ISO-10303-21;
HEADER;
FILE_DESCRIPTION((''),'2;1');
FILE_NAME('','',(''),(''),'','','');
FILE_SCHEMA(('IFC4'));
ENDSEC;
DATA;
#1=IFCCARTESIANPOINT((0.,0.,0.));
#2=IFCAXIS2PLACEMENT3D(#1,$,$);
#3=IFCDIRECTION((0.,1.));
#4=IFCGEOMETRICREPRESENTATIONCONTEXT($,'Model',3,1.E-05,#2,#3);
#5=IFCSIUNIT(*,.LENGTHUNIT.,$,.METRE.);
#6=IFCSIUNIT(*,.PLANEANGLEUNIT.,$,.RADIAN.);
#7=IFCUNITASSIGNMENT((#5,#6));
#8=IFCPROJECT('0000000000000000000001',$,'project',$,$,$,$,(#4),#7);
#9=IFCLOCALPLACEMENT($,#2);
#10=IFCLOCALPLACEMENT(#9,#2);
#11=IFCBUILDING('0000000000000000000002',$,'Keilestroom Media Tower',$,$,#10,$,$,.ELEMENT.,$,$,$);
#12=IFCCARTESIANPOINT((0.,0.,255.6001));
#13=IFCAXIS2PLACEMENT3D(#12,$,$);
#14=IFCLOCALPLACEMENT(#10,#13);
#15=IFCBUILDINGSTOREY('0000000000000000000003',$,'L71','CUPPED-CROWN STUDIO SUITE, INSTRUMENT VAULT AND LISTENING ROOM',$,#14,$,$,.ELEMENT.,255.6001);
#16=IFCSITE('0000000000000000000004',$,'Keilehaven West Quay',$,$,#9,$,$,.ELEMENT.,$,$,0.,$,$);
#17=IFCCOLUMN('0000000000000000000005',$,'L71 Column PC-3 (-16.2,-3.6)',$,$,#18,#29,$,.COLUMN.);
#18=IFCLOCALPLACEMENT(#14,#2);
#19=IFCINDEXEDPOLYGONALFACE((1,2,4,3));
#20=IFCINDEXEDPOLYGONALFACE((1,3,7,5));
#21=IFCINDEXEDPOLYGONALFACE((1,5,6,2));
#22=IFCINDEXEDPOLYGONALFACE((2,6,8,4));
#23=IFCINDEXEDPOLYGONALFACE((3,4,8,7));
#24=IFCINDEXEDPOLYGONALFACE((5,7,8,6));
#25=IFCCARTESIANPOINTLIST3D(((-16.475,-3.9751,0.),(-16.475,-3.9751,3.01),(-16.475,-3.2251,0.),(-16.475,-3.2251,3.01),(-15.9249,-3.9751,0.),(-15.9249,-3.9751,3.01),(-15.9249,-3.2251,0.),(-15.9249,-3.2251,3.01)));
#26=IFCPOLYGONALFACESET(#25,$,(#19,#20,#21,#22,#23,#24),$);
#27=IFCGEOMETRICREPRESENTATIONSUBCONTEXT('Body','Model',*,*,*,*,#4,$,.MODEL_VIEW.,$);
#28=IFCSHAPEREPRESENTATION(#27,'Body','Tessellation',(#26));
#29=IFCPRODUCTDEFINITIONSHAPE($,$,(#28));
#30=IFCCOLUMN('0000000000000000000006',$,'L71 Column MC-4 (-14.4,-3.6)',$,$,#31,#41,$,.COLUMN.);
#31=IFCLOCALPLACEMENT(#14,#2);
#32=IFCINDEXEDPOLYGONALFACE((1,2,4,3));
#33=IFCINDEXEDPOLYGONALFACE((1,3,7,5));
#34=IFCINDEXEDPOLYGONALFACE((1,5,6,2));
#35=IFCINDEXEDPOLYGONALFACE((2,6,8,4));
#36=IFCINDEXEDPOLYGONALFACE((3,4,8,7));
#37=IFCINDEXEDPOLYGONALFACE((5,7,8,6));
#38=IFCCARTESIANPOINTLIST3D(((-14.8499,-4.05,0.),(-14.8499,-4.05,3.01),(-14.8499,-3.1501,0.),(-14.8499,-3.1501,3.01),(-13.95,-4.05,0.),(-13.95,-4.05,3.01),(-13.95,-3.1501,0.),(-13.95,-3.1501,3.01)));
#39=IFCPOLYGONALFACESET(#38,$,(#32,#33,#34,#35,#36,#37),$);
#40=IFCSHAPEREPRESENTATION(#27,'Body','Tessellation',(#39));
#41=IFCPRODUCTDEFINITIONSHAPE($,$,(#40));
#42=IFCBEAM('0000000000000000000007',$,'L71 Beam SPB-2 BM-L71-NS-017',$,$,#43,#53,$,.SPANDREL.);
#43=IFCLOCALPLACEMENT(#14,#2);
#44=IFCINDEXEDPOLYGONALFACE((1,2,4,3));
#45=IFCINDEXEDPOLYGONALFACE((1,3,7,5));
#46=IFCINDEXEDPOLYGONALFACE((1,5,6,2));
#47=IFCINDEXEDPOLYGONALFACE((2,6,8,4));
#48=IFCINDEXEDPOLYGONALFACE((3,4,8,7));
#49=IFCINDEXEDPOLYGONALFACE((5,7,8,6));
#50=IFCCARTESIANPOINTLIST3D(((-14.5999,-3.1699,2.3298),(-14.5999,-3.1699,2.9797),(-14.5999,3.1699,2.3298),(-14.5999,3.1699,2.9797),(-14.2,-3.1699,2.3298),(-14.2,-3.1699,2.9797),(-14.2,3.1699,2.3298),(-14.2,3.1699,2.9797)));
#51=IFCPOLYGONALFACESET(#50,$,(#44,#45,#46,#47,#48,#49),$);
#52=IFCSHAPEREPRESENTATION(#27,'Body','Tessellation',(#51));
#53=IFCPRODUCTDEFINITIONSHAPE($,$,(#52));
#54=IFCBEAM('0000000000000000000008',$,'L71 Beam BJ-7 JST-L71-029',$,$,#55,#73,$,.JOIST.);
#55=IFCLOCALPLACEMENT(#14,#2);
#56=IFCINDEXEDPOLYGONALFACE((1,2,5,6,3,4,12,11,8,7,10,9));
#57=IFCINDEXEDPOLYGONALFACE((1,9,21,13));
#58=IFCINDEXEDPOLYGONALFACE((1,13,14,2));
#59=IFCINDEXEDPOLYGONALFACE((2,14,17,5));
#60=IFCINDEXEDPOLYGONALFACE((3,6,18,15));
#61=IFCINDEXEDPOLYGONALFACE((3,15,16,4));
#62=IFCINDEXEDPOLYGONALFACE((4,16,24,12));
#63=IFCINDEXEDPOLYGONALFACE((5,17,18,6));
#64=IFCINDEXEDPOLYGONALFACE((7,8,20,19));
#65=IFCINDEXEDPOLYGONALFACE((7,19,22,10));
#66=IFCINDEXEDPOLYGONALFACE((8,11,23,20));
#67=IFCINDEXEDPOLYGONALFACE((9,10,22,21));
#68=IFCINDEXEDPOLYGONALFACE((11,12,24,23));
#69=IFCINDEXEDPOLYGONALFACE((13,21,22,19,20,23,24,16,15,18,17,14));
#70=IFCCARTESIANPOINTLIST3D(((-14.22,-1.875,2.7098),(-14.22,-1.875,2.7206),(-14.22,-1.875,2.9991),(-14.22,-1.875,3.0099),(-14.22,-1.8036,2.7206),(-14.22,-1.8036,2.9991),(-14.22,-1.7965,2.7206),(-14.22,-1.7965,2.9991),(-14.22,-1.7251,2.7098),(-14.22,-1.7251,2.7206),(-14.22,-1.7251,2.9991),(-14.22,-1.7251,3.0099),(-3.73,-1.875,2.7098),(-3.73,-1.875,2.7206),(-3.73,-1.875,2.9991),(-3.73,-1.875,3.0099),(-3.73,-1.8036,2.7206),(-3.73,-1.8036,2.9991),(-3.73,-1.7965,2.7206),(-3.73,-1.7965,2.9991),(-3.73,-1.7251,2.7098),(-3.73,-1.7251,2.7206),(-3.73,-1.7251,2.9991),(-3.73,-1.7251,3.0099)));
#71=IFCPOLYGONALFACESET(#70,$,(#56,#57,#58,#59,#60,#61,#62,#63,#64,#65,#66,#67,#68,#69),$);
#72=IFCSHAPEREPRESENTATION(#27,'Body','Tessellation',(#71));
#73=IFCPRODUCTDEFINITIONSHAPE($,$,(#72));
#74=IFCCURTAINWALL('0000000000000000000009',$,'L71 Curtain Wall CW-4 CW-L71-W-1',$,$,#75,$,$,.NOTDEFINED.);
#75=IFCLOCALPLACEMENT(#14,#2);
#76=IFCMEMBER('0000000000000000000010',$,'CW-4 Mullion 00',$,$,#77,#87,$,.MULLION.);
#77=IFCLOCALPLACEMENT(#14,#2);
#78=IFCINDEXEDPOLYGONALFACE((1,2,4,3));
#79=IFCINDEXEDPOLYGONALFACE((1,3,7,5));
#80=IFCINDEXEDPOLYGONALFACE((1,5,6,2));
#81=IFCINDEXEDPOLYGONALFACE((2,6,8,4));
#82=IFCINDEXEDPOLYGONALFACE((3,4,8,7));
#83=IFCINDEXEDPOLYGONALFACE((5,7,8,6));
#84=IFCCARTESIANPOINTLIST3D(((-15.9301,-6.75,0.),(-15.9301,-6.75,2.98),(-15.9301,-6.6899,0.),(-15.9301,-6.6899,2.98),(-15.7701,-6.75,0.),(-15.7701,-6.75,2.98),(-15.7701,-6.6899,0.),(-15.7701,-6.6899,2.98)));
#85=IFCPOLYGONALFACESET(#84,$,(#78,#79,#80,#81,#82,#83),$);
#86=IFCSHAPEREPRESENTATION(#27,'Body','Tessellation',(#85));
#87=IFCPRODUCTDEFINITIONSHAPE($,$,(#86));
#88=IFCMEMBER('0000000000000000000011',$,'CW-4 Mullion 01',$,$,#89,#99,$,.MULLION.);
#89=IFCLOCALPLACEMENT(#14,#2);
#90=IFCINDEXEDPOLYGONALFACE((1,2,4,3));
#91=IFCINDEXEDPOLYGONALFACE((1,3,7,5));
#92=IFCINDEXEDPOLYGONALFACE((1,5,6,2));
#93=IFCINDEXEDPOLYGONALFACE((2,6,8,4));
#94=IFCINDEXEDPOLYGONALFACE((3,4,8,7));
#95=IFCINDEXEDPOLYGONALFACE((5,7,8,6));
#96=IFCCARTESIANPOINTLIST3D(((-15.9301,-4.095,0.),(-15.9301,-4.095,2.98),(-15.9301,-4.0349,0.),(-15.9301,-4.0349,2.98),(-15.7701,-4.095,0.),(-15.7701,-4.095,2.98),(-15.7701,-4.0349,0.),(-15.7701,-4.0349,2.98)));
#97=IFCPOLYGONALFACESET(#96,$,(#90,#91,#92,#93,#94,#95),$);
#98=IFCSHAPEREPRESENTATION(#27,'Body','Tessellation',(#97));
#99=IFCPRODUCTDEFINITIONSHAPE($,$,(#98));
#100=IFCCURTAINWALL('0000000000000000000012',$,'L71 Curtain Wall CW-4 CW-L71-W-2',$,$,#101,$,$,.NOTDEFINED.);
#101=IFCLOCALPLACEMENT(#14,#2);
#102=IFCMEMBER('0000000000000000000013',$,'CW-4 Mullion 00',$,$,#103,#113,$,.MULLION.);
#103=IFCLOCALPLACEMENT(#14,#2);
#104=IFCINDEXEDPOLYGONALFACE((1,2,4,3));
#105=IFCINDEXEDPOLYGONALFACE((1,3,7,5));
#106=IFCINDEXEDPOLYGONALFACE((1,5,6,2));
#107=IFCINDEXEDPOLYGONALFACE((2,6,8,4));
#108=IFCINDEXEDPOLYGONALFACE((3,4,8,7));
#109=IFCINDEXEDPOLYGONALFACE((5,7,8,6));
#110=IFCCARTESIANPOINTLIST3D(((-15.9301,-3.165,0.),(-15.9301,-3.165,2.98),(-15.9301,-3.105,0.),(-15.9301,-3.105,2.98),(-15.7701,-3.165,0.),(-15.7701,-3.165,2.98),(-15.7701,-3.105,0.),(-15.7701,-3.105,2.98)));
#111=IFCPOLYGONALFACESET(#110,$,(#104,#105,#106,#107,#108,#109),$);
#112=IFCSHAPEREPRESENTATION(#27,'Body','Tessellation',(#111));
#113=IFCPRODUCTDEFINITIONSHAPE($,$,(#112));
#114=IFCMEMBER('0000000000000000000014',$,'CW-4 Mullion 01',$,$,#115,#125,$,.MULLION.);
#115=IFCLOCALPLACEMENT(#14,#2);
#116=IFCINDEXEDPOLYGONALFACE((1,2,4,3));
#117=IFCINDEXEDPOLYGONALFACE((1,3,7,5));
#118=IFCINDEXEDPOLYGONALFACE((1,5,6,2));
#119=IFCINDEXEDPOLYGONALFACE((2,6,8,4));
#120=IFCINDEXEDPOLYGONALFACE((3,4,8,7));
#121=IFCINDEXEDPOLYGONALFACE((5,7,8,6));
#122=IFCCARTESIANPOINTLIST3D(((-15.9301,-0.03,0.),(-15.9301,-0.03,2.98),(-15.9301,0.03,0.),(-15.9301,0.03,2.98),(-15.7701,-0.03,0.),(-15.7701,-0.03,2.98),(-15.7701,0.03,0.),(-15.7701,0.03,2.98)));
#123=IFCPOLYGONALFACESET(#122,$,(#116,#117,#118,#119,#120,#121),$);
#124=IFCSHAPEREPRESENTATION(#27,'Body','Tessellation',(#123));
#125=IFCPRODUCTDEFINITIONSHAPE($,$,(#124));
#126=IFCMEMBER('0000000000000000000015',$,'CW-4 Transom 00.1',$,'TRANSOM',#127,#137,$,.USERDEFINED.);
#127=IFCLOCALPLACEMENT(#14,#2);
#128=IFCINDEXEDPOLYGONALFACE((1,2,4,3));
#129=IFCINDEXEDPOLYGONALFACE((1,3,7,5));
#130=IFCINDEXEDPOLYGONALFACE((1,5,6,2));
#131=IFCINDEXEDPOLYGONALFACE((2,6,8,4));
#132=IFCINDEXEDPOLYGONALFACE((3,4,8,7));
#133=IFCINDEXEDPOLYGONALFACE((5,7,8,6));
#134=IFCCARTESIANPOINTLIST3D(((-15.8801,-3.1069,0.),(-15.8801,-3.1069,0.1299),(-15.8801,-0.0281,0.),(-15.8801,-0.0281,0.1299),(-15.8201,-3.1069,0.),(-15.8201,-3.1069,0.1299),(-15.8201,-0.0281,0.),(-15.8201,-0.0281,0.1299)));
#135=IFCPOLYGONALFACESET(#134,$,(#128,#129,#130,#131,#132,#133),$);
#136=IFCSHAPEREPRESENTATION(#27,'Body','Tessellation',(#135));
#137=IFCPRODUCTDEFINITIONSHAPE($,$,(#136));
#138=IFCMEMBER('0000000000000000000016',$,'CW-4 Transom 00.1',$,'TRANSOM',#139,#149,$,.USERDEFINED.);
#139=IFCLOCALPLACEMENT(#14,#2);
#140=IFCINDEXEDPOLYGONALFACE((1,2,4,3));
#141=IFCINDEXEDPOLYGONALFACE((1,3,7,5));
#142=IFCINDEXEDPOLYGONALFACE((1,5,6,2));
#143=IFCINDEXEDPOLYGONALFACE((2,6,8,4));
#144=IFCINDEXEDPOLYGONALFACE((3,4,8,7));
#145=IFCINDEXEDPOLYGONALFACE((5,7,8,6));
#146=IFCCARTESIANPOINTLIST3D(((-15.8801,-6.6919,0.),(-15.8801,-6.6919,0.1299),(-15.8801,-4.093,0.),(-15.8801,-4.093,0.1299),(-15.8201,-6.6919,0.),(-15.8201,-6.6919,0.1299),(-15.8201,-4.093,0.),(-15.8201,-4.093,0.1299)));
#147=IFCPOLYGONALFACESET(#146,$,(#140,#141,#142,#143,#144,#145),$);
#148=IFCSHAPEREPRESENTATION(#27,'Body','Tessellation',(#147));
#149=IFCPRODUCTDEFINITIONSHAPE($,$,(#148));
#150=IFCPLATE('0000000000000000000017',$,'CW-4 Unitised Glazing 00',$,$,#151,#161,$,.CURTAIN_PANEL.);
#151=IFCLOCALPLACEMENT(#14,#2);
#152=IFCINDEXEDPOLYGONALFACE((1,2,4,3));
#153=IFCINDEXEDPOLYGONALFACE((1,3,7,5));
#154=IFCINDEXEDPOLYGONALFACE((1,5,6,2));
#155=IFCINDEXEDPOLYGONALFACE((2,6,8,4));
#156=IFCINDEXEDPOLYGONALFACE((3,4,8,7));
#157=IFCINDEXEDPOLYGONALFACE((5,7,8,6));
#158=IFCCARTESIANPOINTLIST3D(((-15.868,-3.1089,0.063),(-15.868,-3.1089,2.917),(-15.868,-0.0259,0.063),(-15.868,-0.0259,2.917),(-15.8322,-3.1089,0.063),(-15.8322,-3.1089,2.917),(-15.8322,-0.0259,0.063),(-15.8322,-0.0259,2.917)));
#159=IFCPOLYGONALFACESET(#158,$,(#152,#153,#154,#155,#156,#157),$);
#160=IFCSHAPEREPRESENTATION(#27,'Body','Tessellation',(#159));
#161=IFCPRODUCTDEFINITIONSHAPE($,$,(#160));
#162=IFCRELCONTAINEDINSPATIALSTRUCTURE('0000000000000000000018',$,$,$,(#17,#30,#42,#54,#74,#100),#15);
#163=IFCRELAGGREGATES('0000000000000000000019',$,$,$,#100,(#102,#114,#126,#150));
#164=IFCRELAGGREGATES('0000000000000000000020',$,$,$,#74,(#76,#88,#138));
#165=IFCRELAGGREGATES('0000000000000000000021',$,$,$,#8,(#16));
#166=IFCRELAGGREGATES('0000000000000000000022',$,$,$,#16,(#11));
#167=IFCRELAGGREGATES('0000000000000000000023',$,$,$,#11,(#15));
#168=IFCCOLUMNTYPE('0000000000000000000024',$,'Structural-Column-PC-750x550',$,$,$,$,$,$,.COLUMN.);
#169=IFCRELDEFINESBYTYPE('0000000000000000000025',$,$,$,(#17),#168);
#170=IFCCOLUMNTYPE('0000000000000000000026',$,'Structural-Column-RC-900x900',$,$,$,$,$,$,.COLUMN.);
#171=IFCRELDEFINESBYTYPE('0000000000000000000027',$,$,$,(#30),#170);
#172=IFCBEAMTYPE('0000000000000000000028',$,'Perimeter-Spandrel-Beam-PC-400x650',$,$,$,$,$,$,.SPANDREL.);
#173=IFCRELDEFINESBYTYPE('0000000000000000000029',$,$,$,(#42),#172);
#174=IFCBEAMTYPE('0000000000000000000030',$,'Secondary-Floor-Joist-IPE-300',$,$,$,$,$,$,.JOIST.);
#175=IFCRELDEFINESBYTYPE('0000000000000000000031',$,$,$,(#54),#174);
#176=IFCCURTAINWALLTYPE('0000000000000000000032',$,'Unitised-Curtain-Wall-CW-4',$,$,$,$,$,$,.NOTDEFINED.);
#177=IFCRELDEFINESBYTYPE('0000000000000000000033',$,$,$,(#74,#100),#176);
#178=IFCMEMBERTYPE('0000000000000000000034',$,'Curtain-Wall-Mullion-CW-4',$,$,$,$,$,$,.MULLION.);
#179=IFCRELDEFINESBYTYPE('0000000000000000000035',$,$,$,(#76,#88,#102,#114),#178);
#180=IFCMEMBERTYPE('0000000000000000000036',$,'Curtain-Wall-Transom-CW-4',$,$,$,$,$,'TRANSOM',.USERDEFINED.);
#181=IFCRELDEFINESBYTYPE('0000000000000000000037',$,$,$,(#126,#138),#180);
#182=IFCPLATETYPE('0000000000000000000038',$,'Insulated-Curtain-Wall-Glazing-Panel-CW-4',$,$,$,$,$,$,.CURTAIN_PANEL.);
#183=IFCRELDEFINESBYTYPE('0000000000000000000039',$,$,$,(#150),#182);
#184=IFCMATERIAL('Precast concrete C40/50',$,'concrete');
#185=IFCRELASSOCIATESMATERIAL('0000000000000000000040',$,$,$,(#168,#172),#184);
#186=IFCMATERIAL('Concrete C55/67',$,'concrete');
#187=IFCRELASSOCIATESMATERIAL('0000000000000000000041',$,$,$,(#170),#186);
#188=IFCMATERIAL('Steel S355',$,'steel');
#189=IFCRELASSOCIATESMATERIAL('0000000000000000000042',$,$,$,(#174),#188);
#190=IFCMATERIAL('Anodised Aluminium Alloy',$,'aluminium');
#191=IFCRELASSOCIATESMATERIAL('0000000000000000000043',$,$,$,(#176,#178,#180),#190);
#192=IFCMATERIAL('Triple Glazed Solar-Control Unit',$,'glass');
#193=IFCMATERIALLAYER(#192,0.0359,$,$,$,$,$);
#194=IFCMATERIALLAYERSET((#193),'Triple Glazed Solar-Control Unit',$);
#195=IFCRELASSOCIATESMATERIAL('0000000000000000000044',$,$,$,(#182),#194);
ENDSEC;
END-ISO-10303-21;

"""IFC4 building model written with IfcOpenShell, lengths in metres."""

from ifc_helpers import new_model, si_unit, direction, frame, origin, origin_2d, place, context, subcontext, project, spatial, rectangle, i_section, extrude, source, transform, mapped, material, layer, layer_set, material_profile, profile_set, type_object, element, aggregate, save


model = new_model("IFC4")

# Units and contexts
model_context = context("Model", 3, precision=1e-05, world=origin(), true_north=direction((0.0, 1.0)))
body_context = subcontext(model_context, "Body", "Model", "MODEL_VIEW")
ifc_project = project(units=[si_unit("LENGTHUNIT", "METRE"), si_unit("PLANEANGLEUNIT", "RADIAN")], contexts=[model_context])

# Site, building, storey
site_placement = place(None, origin())
site = spatial("IfcSite", under=ifc_project, at=site_placement, Name="Keilehaven West Quay", CompositionType="ELEMENT", RefElevation=0.0)
building_placement = place(site_placement, origin())
building = spatial("IfcBuilding", under=site, at=building_placement, Name="Keilestroom Media Tower", CompositionType="ELEMENT")
storey_placement = place(building_placement, frame((0.0, 0.0, 255.6001)))
storey = spatial("IfcBuildingStorey", under=building, at=storey_placement, Name="L71", Description="CUPPED-CROWN STUDIO SUITE, INSTRUMENT VAULT AND LISTENING ROOM", CompositionType="ELEMENT", Elevation=255.6001)

# Columns
ifc_material_1 = material(Name="Precast concrete C40/50", Category="concrete")
ifc_material_profile_1 = material_profile(ifc_material_1, rectangle(XDim=0.55, YDim=0.75, at=origin_2d()), Name="PC 750x550")
ifc_profile_set_1 = profile_set([ifc_material_profile_1], Name="Precast concrete C40/50")
column_type_1 = type_object("IfcColumnType", Name="Structural-Column-PC-750x550", PredefinedType="COLUMN", material=ifc_profile_set_1)
shared_shape_1 = source(origin(), body_context, "Body", "SweptSolid", [
    extrude(rectangle(XDim=0.55, YDim=0.75, at=origin_2d()), origin(), (0.0, 0.0, 1.0), 3.01),
])
column_1_placement = place(storey_placement, frame((-16.2, -3.6001, 0.0), z_axis=(0.0, 0.0, 1.0), x_axis=(1.0, 0.0, 0.0)))
element("IfcColumn", 1, at=column_1_placement, inside=storey, type_object=column_type_1, Name="L71 Column PC-3 (-16.2,-3.6)", PredefinedType="COLUMN", context=body_context, shape_type="MappedRepresentation", body=[
    mapped(shared_shape_1, transform((0.0, 0.0, 0.0), x_axis=(1.0, 0.0, 0.0), y_axis=(0.0, 1.0, 0.0), z_axis=(0.0, 0.0, 1.0), scale=1.0)),
])
ifc_material_2 = material(Name="Concrete C55/67", Category="concrete")
ifc_material_profile_2 = material_profile(ifc_material_2, rectangle(XDim=0.8999, YDim=0.8999, at=origin_2d()), Name="RC 900x900")
ifc_profile_set_2 = profile_set([ifc_material_profile_2], Name="Concrete C55/67")
column_type_2 = type_object("IfcColumnType", Name="Structural-Column-RC-900x900", PredefinedType="COLUMN", material=ifc_profile_set_2)
shared_shape_2 = source(origin(), body_context, "Body", "SweptSolid", [
    extrude(rectangle(XDim=0.8999, YDim=0.8999, at=origin_2d()), origin(), (0.0, 0.0, 1.0), 3.01),
])
column_2_placement = place(storey_placement, frame((-14.3999, -3.6001, 0.0), z_axis=(0.0, 0.0, 1.0), x_axis=(1.0, 0.0, 0.0)))
element("IfcColumn", 2, at=column_2_placement, inside=storey, type_object=column_type_2, Name="L71 Column MC-4 (-14.4,-3.6)", PredefinedType="COLUMN", context=body_context, shape_type="MappedRepresentation", body=[
    mapped(shared_shape_2, transform((0.0, 0.0, 0.0), x_axis=(1.0, 0.0, 0.0), y_axis=(0.0, 1.0, 0.0), z_axis=(0.0, 0.0, 1.0), scale=1.0)),
])

# Beams
ifc_material_profile_3 = material_profile(ifc_material_1, rectangle(XDim=0.3999, YDim=0.6499, at=origin_2d()), Name="PC 400x650")
ifc_profile_set_3 = profile_set([ifc_material_profile_3], Name="Precast concrete C40/50")
beam_type_1 = type_object("IfcBeamType", Name="Perimeter-Spandrel-Beam-PC-400x650", PredefinedType="SPANDREL", material=ifc_profile_set_3)
shared_shape_3 = source(origin(), body_context, "Body", "SweptSolid", [
    extrude(rectangle(XDim=0.3999, YDim=0.6499, at=origin_2d()), origin(), (0.0, 0.0, 1.0), 6.3398),
])
beam_1_placement = place(storey_placement, frame((-14.3999, -3.1699, 2.6548), z_axis=(0.0, 1.0, 0.0), x_axis=(-1.0, 0.0, 0.0)))
element("IfcBeam", 3, at=beam_1_placement, inside=storey, type_object=beam_type_1, Name="L71 Beam SPB-2 BM-L71-NS-017", PredefinedType="SPANDREL", context=body_context, shape_type="MappedRepresentation", body=[
    mapped(shared_shape_3, transform((0.0, 0.0, 0.0), x_axis=(1.0, 0.0, 0.0), y_axis=(0.0, 1.0, 0.0), z_axis=(0.0, 0.0, 1.0), scale=1.0)),
])
ifc_material_3 = material(Name="Steel S355", Category="steel")
ifc_material_profile_4 = material_profile(ifc_material_3, i_section(OverallWidth=0.1499, OverallDepth=0.3, WebThickness=0.0071, FlangeThickness=0.0107, at=origin_2d()), Name="IPE 300")
ifc_profile_set_4 = profile_set([ifc_material_profile_4], Name="Steel S355")
beam_type_2 = type_object("IfcBeamType", Name="Secondary-Floor-Joist-IPE-300", PredefinedType="JOIST", material=ifc_profile_set_4)
shared_shape_4 = source(origin(), body_context, "Body", "SweptSolid", [
    extrude(i_section(OverallWidth=0.1499, OverallDepth=0.3, WebThickness=0.0071, FlangeThickness=0.0107, at=origin_2d()), origin(), (0.0, 0.0, 1.0), 10.49),
])
beam_2_placement = place(storey_placement, frame((-14.22, -1.8, 2.8599), z_axis=(1.0, 0.0, 0.0), x_axis=(0.0, 1.0, 0.0)))
element("IfcBeam", 4, at=beam_2_placement, inside=storey, type_object=beam_type_2, Name="L71 Beam BJ-7 JST-L71-029", PredefinedType="JOIST", context=body_context, shape_type="MappedRepresentation", body=[
    mapped(shared_shape_4, transform((0.0, 0.0, 0.0), x_axis=(1.0, 0.0, 0.0), y_axis=(0.0, 1.0, 0.0), z_axis=(0.0, 0.0, 1.0), scale=1.0)),
])

# Curtain walls, members
ifc_material_4 = material(Name="Anodised Aluminium Alloy", Category="aluminium")
curtain_wall_type = type_object("IfcCurtainWallType", Name="Unitised-Curtain-Wall-CW-4", PredefinedType="NOTDEFINED", material=ifc_material_4)
curtain_wall_1_placement = place(storey_placement, origin())
curtain_wall_1 = element("IfcCurtainWall", 5, at=curtain_wall_1_placement, inside=storey, type_object=curtain_wall_type, Name="L71 Curtain Wall CW-4 CW-L71-W-1", PredefinedType="NOTDEFINED")
ifc_material_profile_5 = material_profile(ifc_material_4, rectangle(XDim=0.0601, YDim=0.1599, at=origin_2d()), Name="ALU MULLION 60x160")
ifc_profile_set_5 = profile_set([ifc_material_profile_5], Name="Anodised Aluminium Alloy")
member_type_1 = type_object("IfcMemberType", Name="Curtain-Wall-Mullion-CW-4", PredefinedType="MULLION", material=ifc_profile_set_5)
shared_shape_5 = source(origin(), body_context, "Body", "SweptSolid", [
    extrude(rectangle(XDim=0.0601, YDim=0.1599, at=origin_2d()), origin(), (0.0, 0.0, 1.0), 2.98),
])
member_1_placement = place(storey_placement, frame((-15.8501, -6.72, 0.0), z_axis=(0.0, 0.0, 1.0), x_axis=(0.0, 1.0, 0.0)))
member_1 = element("IfcMember", 6, at=member_1_placement, type_object=member_type_1, Name="CW-4 Mullion 00", PredefinedType="MULLION", context=body_context, shape_type="MappedRepresentation", body=[
    mapped(shared_shape_5, transform((0.0, 0.0, 0.0), x_axis=(1.0, 0.0, 0.0), y_axis=(0.0, 1.0, 0.0), z_axis=(0.0, 0.0, 1.0), scale=1.0)),
])
member_2_placement = place(storey_placement, frame((-15.8501, -4.0649, 0.0), z_axis=(0.0, 0.0, 1.0), x_axis=(0.0, 1.0, 0.0)))
member_2 = element("IfcMember", 7, at=member_2_placement, type_object=member_type_1, Name="CW-4 Mullion 01", PredefinedType="MULLION", context=body_context, shape_type="MappedRepresentation", body=[
    mapped(shared_shape_5, transform((0.0, 0.0, 0.0), x_axis=(1.0, 0.0, 0.0), y_axis=(0.0, 1.0, 0.0), z_axis=(0.0, 0.0, 1.0), scale=1.0)),
])
curtain_wall_2_placement = place(storey_placement, origin())
curtain_wall_2 = element("IfcCurtainWall", 8, at=curtain_wall_2_placement, inside=storey, type_object=curtain_wall_type, Name="L71 Curtain Wall CW-4 CW-L71-W-2", PredefinedType="NOTDEFINED")
member_3_placement = place(storey_placement, frame((-15.8501, -3.135, 0.0), z_axis=(0.0, 0.0, 1.0), x_axis=(0.0, 1.0, 0.0)))
member_3 = element("IfcMember", 9, at=member_3_placement, type_object=member_type_1, Name="CW-4 Mullion 00", PredefinedType="MULLION", context=body_context, shape_type="MappedRepresentation", body=[
    mapped(shared_shape_5, transform((0.0, 0.0, 0.0), x_axis=(1.0, 0.0, 0.0), y_axis=(0.0, 1.0, 0.0), z_axis=(0.0, 0.0, 1.0), scale=1.0)),
])
member_4_placement = place(storey_placement, frame((-15.8501, 0.0, 0.0), z_axis=(0.0, 0.0, 1.0), x_axis=(0.0, 1.0, 0.0)))
member_4 = element("IfcMember", 10, at=member_4_placement, type_object=member_type_1, Name="CW-4 Mullion 01", PredefinedType="MULLION", context=body_context, shape_type="MappedRepresentation", body=[
    mapped(shared_shape_5, transform((0.0, 0.0, 0.0), x_axis=(1.0, 0.0, 0.0), y_axis=(0.0, 1.0, 0.0), z_axis=(0.0, 0.0, 1.0), scale=1.0)),
])
ifc_material_profile_6 = material_profile(ifc_material_4, rectangle(XDim=0.0601, YDim=0.1299, at=origin_2d()), Name="ALU TRANSOM 60x130")
ifc_profile_set_6 = profile_set([ifc_material_profile_6], Name="Anodised Aluminium Alloy")
member_type_2 = type_object("IfcMemberType", Name="Curtain-Wall-Transom-CW-4", ElementType="TRANSOM", PredefinedType="USERDEFINED", material=ifc_profile_set_6)
shared_shape_6 = source(origin(), body_context, "Body", "SweptSolid", [
    extrude(rectangle(XDim=0.0601, YDim=0.1299, at=origin_2d()), origin(), (0.0, 0.0, 1.0), 3.0789),
])
member_5_placement = place(storey_placement, frame((-15.8501, -3.1069, 0.0649), z_axis=(0.0, 1.0, 0.0), x_axis=(-1.0, 0.0, 0.0)))
member_5 = element("IfcMember", 11, at=member_5_placement, type_object=member_type_2, Name="CW-4 Transom 00.1", ObjectType="TRANSOM", PredefinedType="USERDEFINED", context=body_context, shape_type="MappedRepresentation", body=[
    mapped(shared_shape_6, transform((0.0, 0.0, 0.0), x_axis=(1.0, 0.0, 0.0), y_axis=(0.0, 1.0, 0.0), z_axis=(0.0, 0.0, 1.0), scale=1.0)),
])

# Member
shared_shape_7 = source(origin(), body_context, "Body", "SweptSolid", [
    extrude(rectangle(XDim=0.0601, YDim=0.1299, at=origin_2d()), origin(), (0.0, 0.0, 1.0), 2.5989),
])
member_6_placement = place(storey_placement, frame((-15.8501, -6.6919, 0.0649), z_axis=(0.0, 1.0, 0.0), x_axis=(-1.0, 0.0, 0.0)))
member_6 = element("IfcMember", 12, at=member_6_placement, type_object=member_type_2, Name="CW-4 Transom 00.1", ObjectType="TRANSOM", PredefinedType="USERDEFINED", context=body_context, shape_type="MappedRepresentation", body=[
    mapped(shared_shape_7, transform((0.0, 0.0, 0.0), x_axis=(1.0, 0.0, 0.0), y_axis=(0.0, 1.0, 0.0), z_axis=(0.0, 0.0, 1.0), scale=1.0)),
])

# Plate
ifc_material_5 = material(Name="Triple Glazed Solar-Control Unit", Category="glass")
ifc_layer_1 = layer(ifc_material_5, 0.0359)
ifc_layer_set_1 = layer_set([ifc_layer_1], Name="Triple Glazed Solar-Control Unit")
plate_type = type_object("IfcPlateType", Name="Insulated-Curtain-Wall-Glazing-Panel-CW-4", PredefinedType="CURTAIN_PANEL", material=ifc_layer_set_1)
shared_shape_8 = source(origin(), body_context, "Body", "SweptSolid", [
    extrude(rectangle(XDim=3.083, YDim=0.0359, at=origin_2d()), origin(), (0.0, 0.0, 1.0), 2.854),
])
plate_1_placement = place(storey_placement, frame((-15.8501, -1.5674, 0.063), z_axis=(0.0, 0.0, 1.0), x_axis=(0.0, 1.0, 0.0)))
plate_1 = element("IfcPlate", 13, at=plate_1_placement, type_object=plate_type, Name="CW-4 Unitised Glazing 00", PredefinedType="CURTAIN_PANEL", context=body_context, shape_type="MappedRepresentation", body=[
    mapped(shared_shape_8, transform((0.0, 0.0, 0.0), x_axis=(1.0, 0.0, 0.0), y_axis=(0.0, 1.0, 0.0), z_axis=(0.0, 0.0, 1.0), scale=1.0)),
])
aggregate(curtain_wall_2, [member_3, member_4, member_5, plate_1])
aggregate(curtain_wall_1, [member_1, member_2, member_6])

save(model, "model.ifc")
